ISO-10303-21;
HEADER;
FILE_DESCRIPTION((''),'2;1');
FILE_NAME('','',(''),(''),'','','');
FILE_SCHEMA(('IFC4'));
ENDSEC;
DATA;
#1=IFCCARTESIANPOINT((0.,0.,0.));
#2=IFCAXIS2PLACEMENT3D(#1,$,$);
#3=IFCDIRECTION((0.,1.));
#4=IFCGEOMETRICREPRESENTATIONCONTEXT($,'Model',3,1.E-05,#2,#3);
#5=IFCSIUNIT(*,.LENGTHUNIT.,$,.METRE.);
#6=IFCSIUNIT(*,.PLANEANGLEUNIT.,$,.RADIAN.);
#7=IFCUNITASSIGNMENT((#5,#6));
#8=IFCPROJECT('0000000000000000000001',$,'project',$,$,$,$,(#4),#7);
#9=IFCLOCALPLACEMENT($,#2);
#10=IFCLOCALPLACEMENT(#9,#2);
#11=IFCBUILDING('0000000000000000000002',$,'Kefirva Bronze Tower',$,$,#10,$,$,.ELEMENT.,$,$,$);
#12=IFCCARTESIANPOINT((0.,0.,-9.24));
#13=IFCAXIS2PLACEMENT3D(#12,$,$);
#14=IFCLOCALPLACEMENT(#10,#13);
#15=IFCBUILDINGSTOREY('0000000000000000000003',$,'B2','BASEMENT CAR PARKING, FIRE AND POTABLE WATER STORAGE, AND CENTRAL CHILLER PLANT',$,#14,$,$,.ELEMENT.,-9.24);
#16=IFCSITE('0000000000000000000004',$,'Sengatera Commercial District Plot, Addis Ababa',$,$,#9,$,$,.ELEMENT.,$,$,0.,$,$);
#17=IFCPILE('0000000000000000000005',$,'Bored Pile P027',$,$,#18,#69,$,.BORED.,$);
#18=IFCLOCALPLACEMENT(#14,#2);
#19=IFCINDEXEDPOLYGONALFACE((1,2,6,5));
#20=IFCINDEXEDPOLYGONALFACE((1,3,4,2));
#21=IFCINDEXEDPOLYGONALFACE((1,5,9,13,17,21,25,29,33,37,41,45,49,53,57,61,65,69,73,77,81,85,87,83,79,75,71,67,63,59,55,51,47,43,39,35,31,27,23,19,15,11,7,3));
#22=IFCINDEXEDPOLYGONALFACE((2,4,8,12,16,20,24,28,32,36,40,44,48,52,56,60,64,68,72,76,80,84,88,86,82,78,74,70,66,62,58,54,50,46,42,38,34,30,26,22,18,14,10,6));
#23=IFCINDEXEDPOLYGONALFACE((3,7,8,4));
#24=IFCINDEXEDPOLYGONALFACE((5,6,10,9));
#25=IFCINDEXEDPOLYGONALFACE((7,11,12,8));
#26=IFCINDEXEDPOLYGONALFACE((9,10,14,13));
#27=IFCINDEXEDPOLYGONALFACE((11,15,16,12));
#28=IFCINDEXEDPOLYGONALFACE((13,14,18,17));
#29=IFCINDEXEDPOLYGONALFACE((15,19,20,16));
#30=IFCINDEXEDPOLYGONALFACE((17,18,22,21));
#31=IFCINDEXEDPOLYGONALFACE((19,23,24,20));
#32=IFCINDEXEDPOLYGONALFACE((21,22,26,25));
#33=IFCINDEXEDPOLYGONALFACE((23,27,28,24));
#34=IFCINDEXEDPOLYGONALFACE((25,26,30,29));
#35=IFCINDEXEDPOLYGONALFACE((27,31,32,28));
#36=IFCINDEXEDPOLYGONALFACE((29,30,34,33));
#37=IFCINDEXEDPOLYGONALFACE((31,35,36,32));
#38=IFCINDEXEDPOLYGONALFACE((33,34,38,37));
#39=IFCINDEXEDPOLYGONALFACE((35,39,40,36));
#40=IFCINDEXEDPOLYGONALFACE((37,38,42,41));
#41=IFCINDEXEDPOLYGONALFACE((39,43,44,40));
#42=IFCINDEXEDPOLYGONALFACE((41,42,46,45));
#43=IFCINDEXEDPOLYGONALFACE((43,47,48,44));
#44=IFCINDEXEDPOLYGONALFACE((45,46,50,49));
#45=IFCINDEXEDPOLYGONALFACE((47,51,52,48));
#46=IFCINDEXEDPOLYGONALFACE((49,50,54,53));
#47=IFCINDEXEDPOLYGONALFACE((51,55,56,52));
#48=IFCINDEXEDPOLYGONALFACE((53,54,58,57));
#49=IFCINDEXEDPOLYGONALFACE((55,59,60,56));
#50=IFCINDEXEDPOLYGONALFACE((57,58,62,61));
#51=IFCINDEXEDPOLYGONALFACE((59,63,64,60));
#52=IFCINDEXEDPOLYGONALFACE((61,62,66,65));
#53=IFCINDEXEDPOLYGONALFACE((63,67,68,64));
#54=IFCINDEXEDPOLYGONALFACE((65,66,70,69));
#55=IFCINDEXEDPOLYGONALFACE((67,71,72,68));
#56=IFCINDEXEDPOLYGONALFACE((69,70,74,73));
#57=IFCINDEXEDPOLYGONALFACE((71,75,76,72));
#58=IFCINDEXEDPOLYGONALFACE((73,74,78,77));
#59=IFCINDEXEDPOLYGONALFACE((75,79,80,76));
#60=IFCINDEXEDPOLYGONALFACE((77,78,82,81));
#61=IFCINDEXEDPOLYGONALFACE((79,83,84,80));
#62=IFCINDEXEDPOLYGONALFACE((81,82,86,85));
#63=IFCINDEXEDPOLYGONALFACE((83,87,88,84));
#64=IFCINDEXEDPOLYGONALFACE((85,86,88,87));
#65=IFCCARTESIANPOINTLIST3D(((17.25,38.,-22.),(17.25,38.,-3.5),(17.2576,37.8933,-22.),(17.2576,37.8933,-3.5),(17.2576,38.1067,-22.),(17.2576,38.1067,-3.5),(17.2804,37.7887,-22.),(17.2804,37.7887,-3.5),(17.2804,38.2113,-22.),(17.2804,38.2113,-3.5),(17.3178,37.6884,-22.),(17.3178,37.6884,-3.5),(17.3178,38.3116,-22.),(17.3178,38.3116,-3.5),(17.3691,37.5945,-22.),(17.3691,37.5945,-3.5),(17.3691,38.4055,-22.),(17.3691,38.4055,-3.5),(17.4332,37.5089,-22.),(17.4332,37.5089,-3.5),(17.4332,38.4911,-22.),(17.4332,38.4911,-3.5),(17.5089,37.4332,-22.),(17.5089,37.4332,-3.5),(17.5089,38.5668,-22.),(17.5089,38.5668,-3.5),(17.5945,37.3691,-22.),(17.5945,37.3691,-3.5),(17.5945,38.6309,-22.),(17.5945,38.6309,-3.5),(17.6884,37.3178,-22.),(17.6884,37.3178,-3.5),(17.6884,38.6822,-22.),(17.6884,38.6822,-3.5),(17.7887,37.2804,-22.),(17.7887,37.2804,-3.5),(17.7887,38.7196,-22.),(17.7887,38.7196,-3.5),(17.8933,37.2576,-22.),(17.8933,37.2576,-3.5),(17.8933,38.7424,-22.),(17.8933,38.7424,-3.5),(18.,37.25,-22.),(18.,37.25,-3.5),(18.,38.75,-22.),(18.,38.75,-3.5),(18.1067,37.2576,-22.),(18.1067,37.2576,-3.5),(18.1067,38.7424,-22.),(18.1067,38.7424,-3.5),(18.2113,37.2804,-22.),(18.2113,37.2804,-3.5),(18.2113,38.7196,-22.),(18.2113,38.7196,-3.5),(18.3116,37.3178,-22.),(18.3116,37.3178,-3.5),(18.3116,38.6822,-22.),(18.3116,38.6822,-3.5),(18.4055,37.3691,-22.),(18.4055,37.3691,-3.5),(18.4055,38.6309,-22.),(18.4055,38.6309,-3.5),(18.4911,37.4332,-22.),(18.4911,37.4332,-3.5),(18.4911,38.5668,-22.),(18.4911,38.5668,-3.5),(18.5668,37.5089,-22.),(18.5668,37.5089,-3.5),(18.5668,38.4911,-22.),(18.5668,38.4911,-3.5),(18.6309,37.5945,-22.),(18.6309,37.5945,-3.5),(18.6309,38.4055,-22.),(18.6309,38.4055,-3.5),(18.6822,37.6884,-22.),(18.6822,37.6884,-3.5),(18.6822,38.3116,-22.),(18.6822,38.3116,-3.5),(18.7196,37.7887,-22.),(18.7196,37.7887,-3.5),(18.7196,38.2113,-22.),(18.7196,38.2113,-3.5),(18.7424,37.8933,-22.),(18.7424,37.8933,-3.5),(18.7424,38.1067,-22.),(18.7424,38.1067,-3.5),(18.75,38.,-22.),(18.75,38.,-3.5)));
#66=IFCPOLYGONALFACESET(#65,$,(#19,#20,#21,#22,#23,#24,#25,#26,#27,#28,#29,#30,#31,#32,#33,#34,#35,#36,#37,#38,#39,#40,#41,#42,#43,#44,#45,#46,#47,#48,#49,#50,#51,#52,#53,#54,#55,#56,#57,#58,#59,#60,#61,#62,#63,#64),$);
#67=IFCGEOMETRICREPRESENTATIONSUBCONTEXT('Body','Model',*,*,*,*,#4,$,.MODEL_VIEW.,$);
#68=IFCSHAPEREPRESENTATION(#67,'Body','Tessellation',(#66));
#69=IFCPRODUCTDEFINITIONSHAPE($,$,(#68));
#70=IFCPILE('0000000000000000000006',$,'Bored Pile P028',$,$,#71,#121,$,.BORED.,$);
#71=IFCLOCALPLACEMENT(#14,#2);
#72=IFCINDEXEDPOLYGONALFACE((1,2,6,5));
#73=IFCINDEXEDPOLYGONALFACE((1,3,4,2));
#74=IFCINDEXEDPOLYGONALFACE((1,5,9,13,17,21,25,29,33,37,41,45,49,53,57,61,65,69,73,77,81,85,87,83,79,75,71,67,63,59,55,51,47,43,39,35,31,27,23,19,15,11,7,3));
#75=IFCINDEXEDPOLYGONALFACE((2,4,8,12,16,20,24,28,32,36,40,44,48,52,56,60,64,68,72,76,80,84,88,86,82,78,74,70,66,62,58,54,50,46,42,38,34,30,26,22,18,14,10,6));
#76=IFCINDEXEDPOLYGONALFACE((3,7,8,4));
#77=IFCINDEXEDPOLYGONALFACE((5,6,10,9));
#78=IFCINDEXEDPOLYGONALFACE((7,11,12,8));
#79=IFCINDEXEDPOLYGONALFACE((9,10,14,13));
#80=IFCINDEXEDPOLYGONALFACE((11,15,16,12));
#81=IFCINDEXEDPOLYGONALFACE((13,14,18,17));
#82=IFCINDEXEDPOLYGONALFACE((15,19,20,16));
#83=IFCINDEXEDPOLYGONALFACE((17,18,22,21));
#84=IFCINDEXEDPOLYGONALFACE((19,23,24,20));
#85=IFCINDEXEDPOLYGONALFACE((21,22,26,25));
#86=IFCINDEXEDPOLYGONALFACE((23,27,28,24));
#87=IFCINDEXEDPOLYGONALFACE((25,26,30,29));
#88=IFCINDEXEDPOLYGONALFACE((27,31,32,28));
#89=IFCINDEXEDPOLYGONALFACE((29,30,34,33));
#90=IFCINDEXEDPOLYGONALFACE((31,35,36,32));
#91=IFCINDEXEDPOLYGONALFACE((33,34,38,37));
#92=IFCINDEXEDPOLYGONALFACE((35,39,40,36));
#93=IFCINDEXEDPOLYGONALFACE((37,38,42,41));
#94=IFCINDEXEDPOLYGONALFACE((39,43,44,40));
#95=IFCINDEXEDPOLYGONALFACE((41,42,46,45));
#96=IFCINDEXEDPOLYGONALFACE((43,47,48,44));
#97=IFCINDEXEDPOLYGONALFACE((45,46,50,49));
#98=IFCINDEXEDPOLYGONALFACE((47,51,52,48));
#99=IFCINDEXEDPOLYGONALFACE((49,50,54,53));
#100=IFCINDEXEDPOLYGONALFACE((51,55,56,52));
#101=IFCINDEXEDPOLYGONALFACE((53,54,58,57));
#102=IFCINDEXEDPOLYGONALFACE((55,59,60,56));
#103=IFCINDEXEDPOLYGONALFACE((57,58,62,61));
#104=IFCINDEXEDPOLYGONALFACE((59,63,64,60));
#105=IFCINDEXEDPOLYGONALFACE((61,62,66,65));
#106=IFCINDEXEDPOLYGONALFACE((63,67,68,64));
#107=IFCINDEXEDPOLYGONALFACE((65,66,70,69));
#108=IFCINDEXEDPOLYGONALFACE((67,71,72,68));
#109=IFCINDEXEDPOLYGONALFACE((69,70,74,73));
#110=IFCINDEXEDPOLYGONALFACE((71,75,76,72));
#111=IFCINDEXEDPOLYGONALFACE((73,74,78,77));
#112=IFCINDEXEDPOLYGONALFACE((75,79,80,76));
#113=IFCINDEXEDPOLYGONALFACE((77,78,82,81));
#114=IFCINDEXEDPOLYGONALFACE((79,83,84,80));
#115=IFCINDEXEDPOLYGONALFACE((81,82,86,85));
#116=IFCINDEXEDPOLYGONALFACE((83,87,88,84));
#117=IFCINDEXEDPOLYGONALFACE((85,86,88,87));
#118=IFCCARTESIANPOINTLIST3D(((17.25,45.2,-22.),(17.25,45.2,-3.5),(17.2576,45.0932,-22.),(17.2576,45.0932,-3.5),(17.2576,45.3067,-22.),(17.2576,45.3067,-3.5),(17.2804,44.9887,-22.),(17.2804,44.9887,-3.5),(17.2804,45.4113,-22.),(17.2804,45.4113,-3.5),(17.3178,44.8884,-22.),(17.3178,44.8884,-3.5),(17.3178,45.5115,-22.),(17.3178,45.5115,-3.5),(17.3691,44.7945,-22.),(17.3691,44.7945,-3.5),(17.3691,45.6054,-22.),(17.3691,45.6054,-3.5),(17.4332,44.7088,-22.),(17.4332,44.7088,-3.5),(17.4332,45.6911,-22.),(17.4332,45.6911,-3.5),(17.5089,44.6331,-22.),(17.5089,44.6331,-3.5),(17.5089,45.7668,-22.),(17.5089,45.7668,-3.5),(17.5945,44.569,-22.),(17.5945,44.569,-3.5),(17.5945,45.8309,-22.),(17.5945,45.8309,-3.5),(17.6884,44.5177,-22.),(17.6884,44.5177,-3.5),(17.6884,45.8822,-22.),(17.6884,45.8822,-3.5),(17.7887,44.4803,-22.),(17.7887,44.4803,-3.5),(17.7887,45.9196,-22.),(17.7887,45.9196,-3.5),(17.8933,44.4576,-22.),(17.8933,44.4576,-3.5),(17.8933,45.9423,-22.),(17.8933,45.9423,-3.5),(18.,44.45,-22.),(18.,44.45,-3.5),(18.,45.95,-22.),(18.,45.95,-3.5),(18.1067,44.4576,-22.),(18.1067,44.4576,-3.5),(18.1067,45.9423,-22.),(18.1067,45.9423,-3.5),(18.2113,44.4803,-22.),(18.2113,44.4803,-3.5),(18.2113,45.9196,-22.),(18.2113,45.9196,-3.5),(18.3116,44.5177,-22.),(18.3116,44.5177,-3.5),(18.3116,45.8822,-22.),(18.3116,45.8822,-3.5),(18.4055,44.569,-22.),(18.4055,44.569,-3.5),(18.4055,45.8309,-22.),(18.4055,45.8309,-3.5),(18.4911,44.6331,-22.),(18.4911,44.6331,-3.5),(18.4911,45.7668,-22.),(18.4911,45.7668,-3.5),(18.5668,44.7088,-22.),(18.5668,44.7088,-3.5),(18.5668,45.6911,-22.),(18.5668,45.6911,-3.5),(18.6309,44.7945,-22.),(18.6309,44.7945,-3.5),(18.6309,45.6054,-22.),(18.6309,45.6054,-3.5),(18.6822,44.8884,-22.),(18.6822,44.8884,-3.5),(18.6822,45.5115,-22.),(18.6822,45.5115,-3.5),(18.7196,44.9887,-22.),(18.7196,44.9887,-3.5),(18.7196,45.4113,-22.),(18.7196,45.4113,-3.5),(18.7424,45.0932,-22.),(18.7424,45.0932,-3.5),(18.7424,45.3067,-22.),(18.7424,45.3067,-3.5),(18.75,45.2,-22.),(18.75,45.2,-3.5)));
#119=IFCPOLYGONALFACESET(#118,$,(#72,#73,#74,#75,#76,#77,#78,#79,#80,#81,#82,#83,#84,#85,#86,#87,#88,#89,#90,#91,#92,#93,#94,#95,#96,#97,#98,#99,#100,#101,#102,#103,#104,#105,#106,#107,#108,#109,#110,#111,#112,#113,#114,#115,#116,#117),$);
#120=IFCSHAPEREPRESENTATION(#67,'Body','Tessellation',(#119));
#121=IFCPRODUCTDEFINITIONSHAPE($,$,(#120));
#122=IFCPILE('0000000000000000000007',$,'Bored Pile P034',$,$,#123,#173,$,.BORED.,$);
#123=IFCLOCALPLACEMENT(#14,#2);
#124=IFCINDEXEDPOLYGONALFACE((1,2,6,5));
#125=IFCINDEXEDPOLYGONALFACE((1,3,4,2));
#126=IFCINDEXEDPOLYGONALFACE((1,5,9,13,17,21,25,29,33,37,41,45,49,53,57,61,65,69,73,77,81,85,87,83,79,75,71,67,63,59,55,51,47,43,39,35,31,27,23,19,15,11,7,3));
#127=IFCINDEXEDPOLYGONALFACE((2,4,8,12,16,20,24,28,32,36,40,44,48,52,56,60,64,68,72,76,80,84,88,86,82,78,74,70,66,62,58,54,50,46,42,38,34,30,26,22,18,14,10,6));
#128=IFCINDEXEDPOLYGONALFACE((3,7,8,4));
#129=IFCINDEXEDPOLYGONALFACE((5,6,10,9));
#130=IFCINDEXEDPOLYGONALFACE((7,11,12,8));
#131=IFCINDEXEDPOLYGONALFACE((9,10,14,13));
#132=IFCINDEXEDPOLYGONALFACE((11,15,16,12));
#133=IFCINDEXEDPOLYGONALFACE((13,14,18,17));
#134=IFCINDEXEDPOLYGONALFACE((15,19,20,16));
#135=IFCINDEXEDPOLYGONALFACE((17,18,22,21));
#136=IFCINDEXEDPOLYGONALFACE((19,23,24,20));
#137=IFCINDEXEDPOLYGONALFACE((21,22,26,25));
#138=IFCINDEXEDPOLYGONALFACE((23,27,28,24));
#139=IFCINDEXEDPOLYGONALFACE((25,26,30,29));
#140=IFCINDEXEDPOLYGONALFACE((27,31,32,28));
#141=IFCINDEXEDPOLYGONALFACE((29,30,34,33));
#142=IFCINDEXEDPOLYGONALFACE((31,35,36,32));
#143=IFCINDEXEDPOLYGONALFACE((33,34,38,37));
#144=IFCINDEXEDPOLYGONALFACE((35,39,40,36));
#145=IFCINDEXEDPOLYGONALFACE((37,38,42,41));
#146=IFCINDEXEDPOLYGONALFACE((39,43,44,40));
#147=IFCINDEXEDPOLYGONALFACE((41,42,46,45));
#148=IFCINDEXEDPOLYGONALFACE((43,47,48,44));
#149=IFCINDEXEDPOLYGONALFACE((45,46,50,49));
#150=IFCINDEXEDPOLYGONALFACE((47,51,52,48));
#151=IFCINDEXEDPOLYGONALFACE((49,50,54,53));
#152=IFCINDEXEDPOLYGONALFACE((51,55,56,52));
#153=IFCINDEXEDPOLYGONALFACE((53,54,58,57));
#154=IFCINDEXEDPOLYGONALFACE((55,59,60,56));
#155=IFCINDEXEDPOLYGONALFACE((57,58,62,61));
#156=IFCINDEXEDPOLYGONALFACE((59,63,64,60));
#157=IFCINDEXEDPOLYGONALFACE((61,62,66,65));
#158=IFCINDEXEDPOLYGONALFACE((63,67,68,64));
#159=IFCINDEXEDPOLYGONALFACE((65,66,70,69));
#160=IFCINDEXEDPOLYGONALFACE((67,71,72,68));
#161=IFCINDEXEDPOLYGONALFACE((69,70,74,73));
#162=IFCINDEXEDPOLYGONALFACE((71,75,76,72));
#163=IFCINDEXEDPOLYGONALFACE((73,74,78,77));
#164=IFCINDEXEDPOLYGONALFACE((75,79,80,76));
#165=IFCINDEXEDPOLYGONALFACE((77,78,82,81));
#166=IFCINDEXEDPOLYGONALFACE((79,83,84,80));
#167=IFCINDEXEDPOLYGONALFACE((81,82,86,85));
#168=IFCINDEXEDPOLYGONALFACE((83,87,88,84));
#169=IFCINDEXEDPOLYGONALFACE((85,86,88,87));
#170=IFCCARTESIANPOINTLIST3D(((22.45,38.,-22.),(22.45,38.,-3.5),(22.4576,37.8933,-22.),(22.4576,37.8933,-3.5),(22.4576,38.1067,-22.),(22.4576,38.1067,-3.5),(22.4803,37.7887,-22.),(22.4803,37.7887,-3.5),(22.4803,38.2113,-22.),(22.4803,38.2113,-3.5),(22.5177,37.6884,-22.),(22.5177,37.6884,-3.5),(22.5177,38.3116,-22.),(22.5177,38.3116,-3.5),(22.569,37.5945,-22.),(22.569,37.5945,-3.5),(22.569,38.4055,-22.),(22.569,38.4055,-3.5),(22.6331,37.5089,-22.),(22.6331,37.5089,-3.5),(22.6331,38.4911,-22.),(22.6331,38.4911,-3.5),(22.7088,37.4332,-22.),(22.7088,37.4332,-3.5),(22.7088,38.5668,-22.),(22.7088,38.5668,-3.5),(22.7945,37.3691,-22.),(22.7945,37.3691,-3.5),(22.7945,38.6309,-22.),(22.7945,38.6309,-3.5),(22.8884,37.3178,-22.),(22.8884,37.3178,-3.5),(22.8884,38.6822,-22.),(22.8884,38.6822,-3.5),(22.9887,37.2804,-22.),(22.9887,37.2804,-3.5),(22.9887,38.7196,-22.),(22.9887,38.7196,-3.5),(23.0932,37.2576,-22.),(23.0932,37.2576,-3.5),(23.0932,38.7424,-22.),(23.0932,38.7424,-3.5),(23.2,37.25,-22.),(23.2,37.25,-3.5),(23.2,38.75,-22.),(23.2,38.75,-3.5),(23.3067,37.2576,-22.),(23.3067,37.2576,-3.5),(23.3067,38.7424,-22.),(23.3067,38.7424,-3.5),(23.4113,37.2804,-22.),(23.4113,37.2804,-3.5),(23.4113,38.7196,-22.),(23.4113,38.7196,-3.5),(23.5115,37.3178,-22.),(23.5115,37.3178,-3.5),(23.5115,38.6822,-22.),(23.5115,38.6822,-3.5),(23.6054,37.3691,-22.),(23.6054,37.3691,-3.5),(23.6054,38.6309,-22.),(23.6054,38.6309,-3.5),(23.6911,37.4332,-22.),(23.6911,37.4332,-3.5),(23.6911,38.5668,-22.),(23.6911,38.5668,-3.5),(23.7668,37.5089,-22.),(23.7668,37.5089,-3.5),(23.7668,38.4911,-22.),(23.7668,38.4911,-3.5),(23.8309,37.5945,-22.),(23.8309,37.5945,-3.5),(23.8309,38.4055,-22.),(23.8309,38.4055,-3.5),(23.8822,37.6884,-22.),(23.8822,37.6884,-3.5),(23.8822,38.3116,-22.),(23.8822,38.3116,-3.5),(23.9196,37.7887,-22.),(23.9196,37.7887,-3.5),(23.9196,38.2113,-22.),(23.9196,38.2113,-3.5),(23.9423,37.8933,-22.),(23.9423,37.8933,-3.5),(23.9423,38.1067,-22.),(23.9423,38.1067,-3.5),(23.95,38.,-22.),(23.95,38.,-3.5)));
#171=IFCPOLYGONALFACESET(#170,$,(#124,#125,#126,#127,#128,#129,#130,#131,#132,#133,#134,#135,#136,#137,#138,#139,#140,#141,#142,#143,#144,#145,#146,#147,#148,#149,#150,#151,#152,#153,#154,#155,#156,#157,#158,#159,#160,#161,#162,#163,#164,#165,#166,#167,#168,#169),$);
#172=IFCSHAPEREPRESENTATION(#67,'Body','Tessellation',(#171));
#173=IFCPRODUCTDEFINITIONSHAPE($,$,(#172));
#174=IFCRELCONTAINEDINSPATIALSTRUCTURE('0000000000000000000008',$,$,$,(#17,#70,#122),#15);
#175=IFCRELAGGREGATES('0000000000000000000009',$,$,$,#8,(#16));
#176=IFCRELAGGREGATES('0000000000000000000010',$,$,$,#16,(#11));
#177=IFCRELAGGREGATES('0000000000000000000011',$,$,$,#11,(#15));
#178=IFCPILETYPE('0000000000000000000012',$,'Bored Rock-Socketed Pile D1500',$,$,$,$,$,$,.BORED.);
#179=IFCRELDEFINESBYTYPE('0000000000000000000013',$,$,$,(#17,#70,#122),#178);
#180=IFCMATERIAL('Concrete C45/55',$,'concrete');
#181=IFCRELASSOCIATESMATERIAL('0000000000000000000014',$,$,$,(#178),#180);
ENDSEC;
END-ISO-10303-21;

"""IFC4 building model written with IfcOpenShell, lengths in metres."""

from ifc_helpers import new_model, si_unit, direction, frame, origin, origin_2d, place, context, subcontext, project, spatial, circle, extrude, material, material_profile, profile_set, type_object, element, save


model = new_model("IFC4")

# Units and contexts
model_context = context("Model", 3, precision=1e-05, world=origin(), true_north=direction((0.0, 1.0)))
body_context = subcontext(model_context, "Body", "Model", "MODEL_VIEW")
ifc_project = project(units=[si_unit("LENGTHUNIT", "METRE"), si_unit("PLANEANGLEUNIT", "RADIAN")], contexts=[model_context])

# Site, building, storey
site_placement = place(None, origin())
site = spatial("IfcSite", under=ifc_project, at=site_placement, Name="Sengatera Commercial District Plot, Addis Ababa", CompositionType="ELEMENT", RefElevation=0.0)
building_placement = place(site_placement, origin())
building = spatial("IfcBuilding", under=site, at=building_placement, Name="Kefirva Bronze Tower", CompositionType="ELEMENT")
storey_placement = place(building_placement, frame((0.0, 0.0, -9.24)))
storey = spatial("IfcBuildingStorey", under=building, at=storey_placement, Name="B2", Description="BASEMENT CAR PARKING, FIRE AND POTABLE WATER STORAGE, AND CENTRAL CHILLER PLANT", CompositionType="ELEMENT", Elevation=-9.24)

# Piles
ifc_material_1 = material(Name="Concrete C45/55", Category="concrete")
ifc_material_profile_1 = material_profile(ifc_material_1, circle(Radius=0.75, at=origin_2d()), Name="BORED PILE D1500")
ifc_profile_set_1 = profile_set([ifc_material_profile_1], Name="Concrete C45/55")
pile_type = type_object("IfcPileType", Name="Bored Rock-Socketed Pile D1500", PredefinedType="BORED", material=ifc_profile_set_1)
for number, where, z_axis, x_axis, name in (
    (1, (18.0, 38.0, -3.5), (0.0, 0.0, -1.0), (1.0, 0.0, 0.0), "Bored Pile P027"),
    (2, (18.0, 45.2, -3.5), (0.0, 0.0, -1.0), (1.0, 0.0, 0.0), "Bored Pile P028"),
    (3, (23.2, 38.0, -3.5), (0.0, 0.0, -1.0), (1.0, 0.0, 0.0), "Bored Pile P034"),
):
    element("IfcPile", number, at=place(storey_placement, frame(where, z_axis=z_axis, x_axis=x_axis)), inside=storey, type_object=pile_type, Name=name, PredefinedType="BORED", context=body_context, shape_type="SweptSolid", body=[
        extrude(circle(Radius=0.75, at=origin_2d()), origin(), (0.0, 0.0, 1.0), 18.5),
    ])

save(model, "model.ifc")
